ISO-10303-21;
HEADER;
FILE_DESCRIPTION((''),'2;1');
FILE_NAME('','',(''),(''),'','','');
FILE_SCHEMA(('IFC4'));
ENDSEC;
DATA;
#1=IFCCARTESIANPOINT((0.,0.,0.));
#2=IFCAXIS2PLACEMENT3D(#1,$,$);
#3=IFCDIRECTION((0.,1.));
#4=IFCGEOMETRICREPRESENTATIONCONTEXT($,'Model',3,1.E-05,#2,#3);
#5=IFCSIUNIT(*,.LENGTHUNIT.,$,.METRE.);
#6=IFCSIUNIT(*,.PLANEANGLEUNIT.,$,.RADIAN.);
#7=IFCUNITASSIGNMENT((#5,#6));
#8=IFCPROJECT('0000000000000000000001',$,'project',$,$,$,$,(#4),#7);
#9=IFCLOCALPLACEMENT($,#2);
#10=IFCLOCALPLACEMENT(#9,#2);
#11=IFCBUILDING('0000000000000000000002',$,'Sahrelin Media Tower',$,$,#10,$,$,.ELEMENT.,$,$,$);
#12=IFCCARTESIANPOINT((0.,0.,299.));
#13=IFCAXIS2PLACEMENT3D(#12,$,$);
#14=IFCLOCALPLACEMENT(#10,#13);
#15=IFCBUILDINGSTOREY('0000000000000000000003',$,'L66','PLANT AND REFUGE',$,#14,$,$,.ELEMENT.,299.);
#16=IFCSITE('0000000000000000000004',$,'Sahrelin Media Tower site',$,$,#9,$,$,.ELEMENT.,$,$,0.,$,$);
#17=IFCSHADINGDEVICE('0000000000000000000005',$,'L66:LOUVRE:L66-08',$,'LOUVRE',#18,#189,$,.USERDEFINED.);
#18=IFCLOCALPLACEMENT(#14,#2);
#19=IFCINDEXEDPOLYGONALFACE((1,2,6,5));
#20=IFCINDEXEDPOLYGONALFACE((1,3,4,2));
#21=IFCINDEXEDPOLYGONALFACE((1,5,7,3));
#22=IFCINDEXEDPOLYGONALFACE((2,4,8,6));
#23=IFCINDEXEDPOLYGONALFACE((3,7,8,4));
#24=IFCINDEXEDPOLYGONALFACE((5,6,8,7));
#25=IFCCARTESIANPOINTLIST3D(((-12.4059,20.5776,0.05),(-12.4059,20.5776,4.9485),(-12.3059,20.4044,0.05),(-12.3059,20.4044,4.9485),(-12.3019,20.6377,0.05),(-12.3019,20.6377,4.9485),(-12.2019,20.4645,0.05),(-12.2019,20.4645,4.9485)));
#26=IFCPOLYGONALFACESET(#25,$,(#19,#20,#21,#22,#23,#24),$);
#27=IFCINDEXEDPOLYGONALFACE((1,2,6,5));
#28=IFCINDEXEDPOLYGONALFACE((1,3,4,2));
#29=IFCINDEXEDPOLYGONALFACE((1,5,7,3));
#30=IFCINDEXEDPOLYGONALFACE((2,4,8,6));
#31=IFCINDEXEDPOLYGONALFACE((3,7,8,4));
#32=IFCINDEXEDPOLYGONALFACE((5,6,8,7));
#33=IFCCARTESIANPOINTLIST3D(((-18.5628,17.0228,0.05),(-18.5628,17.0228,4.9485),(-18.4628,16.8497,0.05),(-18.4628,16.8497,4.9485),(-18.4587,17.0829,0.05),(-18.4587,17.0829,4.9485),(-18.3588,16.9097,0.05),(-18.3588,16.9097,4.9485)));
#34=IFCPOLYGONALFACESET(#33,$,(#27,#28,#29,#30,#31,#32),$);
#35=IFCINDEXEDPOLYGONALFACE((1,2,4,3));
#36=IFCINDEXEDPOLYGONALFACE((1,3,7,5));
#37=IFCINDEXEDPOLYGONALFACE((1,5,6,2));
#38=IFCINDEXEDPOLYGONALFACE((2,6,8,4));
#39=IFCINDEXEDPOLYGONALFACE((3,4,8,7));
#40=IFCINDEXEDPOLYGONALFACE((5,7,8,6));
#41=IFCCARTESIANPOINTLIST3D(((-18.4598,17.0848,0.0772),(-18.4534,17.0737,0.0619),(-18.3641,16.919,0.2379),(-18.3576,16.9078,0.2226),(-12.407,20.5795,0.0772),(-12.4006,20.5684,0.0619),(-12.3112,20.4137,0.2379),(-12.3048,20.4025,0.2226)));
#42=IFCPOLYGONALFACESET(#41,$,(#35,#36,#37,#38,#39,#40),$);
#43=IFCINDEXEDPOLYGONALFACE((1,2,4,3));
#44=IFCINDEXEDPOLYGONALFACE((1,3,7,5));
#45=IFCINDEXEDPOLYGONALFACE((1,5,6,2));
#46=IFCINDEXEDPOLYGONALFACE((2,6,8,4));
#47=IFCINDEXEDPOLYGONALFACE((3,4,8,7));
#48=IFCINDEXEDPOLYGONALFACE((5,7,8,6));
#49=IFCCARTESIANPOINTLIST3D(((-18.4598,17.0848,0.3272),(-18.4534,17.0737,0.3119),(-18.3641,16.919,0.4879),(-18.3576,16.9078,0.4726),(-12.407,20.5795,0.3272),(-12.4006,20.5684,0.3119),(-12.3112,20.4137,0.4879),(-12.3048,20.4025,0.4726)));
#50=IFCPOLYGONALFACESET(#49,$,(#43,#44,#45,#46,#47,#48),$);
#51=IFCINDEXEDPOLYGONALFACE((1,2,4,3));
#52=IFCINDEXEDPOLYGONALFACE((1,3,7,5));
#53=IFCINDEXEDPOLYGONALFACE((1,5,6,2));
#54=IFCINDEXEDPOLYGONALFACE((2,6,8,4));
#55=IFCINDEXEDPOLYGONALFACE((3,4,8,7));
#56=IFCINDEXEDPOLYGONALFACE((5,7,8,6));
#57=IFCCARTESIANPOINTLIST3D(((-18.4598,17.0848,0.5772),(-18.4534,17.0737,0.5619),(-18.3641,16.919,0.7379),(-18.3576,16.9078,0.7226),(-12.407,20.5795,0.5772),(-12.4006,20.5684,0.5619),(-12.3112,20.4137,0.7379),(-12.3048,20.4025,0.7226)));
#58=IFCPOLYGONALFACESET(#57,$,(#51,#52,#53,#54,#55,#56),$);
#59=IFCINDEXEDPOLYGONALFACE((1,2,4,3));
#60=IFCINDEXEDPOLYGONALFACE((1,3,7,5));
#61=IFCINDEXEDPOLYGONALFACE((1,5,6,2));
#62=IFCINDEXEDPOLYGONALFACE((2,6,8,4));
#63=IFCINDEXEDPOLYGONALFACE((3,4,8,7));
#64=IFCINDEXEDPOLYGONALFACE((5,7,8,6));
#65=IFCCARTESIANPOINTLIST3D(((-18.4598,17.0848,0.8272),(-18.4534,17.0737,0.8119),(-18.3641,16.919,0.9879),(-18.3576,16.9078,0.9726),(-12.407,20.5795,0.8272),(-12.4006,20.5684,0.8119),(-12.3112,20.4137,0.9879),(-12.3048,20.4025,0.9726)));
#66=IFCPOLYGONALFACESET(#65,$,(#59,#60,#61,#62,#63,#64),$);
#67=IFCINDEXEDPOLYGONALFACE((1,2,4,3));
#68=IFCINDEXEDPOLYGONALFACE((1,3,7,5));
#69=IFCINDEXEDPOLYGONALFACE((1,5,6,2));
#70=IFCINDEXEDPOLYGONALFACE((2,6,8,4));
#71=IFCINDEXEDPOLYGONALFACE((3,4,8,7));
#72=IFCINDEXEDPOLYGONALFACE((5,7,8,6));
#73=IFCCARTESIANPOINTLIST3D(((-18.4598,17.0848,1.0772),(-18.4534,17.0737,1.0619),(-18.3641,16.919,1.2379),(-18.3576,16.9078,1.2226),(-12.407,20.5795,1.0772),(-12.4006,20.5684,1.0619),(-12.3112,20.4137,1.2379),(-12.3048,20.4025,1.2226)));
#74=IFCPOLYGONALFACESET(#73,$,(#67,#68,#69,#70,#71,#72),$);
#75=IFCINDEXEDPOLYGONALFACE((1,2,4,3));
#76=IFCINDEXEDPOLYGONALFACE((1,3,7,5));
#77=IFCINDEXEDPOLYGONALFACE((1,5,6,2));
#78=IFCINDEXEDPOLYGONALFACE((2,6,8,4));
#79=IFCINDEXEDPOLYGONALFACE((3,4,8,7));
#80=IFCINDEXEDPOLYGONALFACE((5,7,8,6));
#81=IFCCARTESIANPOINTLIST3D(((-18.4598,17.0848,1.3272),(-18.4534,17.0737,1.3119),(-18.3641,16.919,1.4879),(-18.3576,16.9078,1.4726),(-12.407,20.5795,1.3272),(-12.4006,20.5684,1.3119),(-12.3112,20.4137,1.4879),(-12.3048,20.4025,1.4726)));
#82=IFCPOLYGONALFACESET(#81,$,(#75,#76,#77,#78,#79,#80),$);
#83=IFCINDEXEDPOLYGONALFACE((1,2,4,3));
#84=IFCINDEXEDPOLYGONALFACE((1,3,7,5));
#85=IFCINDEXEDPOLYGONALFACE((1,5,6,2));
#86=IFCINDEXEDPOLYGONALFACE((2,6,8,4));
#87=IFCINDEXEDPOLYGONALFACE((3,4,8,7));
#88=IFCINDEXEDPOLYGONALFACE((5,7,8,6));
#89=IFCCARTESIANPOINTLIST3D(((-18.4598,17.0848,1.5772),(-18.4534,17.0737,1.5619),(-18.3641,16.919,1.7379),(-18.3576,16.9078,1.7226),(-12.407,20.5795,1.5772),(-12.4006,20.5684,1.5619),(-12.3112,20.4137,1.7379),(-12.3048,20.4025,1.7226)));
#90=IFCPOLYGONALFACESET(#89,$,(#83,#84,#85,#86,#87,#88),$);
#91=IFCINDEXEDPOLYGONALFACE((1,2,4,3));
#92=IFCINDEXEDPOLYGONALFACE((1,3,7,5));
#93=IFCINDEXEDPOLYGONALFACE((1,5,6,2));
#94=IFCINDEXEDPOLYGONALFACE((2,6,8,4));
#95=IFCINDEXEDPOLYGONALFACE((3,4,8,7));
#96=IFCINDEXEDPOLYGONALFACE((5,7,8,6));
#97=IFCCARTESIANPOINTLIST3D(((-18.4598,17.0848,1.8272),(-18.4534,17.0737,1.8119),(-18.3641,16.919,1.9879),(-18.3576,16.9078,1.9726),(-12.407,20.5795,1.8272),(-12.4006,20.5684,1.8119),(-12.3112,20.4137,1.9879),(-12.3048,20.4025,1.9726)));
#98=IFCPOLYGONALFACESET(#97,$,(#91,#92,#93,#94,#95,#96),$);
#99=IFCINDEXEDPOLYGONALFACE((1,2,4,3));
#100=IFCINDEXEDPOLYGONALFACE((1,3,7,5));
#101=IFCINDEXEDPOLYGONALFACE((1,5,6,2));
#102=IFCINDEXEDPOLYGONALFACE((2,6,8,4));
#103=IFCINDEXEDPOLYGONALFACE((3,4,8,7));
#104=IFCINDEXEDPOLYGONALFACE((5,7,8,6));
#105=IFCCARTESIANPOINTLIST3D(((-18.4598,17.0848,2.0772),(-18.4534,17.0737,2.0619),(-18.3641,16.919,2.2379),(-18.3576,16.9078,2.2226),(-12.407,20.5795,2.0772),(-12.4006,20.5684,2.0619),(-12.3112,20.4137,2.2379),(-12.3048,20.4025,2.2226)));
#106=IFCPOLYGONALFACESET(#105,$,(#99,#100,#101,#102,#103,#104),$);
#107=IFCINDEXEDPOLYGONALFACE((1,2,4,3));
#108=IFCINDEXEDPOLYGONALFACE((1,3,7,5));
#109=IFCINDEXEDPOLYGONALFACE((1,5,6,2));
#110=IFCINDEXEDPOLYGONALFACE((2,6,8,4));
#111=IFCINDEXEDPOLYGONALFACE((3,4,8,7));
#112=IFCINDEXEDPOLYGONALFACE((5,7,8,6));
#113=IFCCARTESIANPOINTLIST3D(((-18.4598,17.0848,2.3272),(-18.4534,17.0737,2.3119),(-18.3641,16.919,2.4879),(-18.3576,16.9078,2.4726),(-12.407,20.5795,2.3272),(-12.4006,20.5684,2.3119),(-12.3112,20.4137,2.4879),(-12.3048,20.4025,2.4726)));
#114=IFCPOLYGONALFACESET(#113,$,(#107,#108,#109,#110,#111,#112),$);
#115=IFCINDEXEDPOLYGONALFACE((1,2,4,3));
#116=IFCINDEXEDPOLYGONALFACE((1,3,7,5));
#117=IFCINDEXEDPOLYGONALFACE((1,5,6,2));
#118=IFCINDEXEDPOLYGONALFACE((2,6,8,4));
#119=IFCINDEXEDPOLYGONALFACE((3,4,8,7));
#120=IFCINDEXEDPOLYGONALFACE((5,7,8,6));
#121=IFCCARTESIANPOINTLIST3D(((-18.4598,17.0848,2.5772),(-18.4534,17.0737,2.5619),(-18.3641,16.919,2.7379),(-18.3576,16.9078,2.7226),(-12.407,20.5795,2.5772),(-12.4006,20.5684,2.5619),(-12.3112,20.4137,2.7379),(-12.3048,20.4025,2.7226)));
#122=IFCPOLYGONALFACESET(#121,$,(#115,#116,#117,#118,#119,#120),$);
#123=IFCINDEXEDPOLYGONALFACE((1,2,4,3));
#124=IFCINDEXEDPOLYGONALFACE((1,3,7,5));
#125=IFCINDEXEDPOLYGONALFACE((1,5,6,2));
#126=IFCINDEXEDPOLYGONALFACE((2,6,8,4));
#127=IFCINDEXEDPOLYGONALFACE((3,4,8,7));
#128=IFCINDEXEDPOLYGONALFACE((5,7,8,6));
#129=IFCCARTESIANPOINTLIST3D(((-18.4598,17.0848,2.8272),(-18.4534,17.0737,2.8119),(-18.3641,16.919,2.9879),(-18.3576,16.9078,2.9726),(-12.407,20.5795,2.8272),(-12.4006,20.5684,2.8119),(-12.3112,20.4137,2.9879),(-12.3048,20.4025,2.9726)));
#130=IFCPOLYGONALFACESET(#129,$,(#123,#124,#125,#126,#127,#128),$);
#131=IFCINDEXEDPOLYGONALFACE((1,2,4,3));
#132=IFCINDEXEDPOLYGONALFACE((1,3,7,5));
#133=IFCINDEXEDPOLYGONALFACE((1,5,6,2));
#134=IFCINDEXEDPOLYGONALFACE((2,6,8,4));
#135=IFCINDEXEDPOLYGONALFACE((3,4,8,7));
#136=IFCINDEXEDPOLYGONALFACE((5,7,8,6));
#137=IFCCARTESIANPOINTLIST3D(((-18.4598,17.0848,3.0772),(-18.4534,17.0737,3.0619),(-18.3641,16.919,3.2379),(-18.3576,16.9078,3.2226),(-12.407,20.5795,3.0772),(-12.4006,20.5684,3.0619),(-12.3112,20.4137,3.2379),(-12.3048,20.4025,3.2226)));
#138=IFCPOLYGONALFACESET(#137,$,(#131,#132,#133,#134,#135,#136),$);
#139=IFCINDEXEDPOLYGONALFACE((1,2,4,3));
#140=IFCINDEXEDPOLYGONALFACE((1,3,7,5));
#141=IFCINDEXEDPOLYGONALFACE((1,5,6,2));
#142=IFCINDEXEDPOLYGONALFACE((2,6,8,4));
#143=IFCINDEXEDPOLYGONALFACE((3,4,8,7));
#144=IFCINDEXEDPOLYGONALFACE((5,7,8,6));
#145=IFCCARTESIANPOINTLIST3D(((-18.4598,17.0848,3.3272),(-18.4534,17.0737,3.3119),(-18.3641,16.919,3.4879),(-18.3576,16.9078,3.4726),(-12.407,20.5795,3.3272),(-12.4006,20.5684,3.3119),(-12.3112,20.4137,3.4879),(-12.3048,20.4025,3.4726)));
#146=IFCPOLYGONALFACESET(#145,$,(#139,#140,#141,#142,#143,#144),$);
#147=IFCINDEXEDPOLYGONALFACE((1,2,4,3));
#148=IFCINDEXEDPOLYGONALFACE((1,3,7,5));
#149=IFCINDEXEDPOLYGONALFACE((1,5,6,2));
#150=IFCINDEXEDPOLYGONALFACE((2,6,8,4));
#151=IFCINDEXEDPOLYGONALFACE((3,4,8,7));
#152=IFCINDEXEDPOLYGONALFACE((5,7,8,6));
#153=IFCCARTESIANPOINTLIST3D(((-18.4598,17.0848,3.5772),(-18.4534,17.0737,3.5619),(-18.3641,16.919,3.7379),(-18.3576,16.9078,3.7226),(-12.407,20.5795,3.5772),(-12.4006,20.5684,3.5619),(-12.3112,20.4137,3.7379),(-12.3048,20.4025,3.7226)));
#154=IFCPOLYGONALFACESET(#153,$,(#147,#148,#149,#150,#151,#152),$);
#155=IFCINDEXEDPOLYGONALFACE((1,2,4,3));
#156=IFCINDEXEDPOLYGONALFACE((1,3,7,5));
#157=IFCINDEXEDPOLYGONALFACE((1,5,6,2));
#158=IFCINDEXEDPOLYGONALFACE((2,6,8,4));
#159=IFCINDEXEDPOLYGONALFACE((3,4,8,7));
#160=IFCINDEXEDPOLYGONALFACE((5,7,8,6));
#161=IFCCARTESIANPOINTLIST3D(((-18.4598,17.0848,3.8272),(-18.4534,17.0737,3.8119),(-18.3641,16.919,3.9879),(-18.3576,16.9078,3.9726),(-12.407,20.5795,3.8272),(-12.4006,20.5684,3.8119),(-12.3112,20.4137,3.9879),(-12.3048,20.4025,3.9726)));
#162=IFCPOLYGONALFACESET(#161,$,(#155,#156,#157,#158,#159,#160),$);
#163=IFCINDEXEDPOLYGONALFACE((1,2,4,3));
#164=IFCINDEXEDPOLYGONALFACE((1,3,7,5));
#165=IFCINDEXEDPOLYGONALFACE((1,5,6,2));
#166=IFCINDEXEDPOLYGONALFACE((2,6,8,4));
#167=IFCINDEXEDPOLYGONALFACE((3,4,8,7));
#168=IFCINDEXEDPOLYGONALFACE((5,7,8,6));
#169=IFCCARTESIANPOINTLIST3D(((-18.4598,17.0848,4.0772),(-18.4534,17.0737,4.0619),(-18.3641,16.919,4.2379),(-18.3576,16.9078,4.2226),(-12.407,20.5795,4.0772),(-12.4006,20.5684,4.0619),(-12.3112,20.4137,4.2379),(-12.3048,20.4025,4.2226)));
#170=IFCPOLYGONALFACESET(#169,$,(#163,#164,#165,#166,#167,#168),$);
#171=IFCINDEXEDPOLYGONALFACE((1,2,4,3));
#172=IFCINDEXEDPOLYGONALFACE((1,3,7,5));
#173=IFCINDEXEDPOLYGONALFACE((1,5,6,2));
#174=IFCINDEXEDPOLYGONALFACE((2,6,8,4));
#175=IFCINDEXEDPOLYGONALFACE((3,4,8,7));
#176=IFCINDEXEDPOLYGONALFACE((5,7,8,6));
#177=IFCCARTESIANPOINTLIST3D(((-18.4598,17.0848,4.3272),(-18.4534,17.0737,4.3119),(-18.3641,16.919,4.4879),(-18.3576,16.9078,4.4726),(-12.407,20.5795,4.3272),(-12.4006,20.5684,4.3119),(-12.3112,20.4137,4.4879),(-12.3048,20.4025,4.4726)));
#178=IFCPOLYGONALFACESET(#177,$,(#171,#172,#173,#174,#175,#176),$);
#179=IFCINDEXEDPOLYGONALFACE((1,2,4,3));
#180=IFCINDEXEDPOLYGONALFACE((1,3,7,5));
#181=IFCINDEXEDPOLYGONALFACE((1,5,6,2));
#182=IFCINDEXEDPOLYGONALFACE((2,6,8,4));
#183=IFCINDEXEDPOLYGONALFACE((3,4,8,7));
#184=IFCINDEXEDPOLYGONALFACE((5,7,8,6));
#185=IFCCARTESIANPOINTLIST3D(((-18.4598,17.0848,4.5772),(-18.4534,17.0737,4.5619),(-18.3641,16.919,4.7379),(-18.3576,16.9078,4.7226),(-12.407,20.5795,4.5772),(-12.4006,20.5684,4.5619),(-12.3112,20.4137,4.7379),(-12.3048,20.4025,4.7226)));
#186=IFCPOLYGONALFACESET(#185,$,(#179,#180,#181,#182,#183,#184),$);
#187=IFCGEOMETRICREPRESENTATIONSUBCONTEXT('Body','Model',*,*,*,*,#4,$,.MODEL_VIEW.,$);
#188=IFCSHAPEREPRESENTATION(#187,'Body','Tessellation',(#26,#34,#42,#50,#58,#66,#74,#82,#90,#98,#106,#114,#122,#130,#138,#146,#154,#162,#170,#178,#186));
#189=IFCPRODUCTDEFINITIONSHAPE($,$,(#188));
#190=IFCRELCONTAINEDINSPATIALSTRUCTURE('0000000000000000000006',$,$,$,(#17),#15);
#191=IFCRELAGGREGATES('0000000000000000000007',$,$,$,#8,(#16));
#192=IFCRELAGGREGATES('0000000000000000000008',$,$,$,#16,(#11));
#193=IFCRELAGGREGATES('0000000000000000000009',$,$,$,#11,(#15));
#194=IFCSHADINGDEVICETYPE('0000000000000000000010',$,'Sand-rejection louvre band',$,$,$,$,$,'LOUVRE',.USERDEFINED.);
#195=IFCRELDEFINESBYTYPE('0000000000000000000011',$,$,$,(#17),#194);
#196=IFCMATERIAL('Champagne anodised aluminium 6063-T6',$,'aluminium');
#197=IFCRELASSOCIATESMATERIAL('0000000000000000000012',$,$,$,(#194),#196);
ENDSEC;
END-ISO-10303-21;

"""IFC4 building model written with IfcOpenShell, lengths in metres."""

from ifc_helpers import new_model, si_unit, direction, frame, origin, origin_2d, place, context, subcontext, project, spatial, rectangle, extrude, material, type_object, element, save


model = new_model("IFC4")

# Units and contexts
model_context = context("Model", 3, precision=1e-05, world=origin(), true_north=direction((0.0, 1.0)))
body_context = subcontext(model_context, "Body", "Model", "MODEL_VIEW")
ifc_project = project(units=[si_unit("LENGTHUNIT", "METRE"), si_unit("PLANEANGLEUNIT", "RADIAN")], contexts=[model_context])

# Site, building, storey
site_placement = place(None, origin())
site = spatial("IfcSite", under=ifc_project, at=site_placement, Name="Sahrelin Media Tower site", CompositionType="ELEMENT", RefElevation=0.0)
building_placement = place(site_placement, origin())
building = spatial("IfcBuilding", under=site, at=building_placement, Name="Sahrelin Media Tower", CompositionType="ELEMENT")
storey_placement = place(building_placement, frame((0.0, 0.0, 299.0)))
storey = spatial("IfcBuildingStorey", under=building, at=storey_placement, Name="L66", Description="PLANT AND REFUGE", CompositionType="ELEMENT", Elevation=299.0)

# Shading device
ifc_material_1 = material(Name="Champagne anodised aluminium 6063-T6", Category="aluminium")
shading_device_type = type_object("IfcShadingDeviceType", Name="Sand-rejection louvre band", ElementType="LOUVRE", PredefinedType="USERDEFINED", material=ifc_material_1)
shading_device_1_placement = place(storey_placement, frame((-15.3323, 18.657, 0.0), z_axis=(0.0, 0.0, 1.0), x_axis=(0.866019, 0.500011, 0.0)))
element("IfcShadingDevice", 1, at=shading_device_1_placement, inside=storey, type_object=shading_device_type, Name="L66:LOUVRE:L66-08", ObjectType="LOUVRE", PredefinedType="USERDEFINED", context=body_context, shape_type="SweptSolid", body=[
    extrude(rectangle(XDim=0.1201, YDim=0.2, at=origin_2d()), frame((3.5547, 0.1001, 0.05), z_axis=(0.0, 0.0, 1.0), x_axis=(1.0, 0.0, 0.0)), (0.0, 0.0, 1.0), 4.8984),
    extrude(rectangle(XDim=0.1201, YDim=0.2, at=origin_2d()), frame((-3.5547, 0.1001, 0.05), z_axis=(0.0, 0.0, 1.0), x_axis=(1.0, 0.0, 0.0)), (0.0, 0.0, 1.0), 4.8984),
    extrude(rectangle(XDim=0.25, YDim=0.02, at=origin_2d()), frame((3.4946, 0.1001, 0.1499), z_axis=(-1.0, 0.0, 0.0), x_axis=(0.0, -0.766044, 0.642788)), (0.0, 0.0, 1.0), 6.9893),
    extrude(rectangle(XDim=0.25, YDim=0.02, at=origin_2d()), frame((3.4946, 0.1001, 0.3999), z_axis=(-1.0, 0.0, 0.0), x_axis=(0.0, -0.766044, 0.642788)), (0.0, 0.0, 1.0), 6.9893),
    extrude(rectangle(XDim=0.25, YDim=0.02, at=origin_2d()), frame((3.4946, 0.1001, 0.6499), z_axis=(-1.0, 0.0, 0.0), x_axis=(0.0, -0.766044, 0.642788)), (0.0, 0.0, 1.0), 6.9893),
    extrude(rectangle(XDim=0.25, YDim=0.02, at=origin_2d()), frame((3.4946, 0.1001, 0.8999), z_axis=(-1.0, 0.0, 0.0), x_axis=(0.0, -0.766044, 0.642788)), (0.0, 0.0, 1.0), 6.9893),
    extrude(rectangle(XDim=0.25, YDim=0.02, at=origin_2d()), frame((3.4946, 0.1001, 1.1499), z_axis=(-1.0, 0.0, 0.0), x_axis=(0.0, -0.766044, 0.642788)), (0.0, 0.0, 1.0), 6.9893),
    extrude(rectangle(XDim=0.25, YDim=0.02, at=origin_2d()), frame((3.4946, 0.1001, 1.3999), z_axis=(-1.0, 0.0, 0.0), x_axis=(0.0, -0.766044, 0.642788)), (0.0, 0.0, 1.0), 6.9893),
    extrude(rectangle(XDim=0.25, YDim=0.02, at=origin_2d()), frame((3.4946, 0.1001, 1.6499), z_axis=(-1.0, 0.0, 0.0), x_axis=(0.0, -0.766044, 0.642788)), (0.0, 0.0, 1.0), 6.9893),
    extrude(rectangle(XDim=0.25, YDim=0.02, at=origin_2d()), frame((3.4946, 0.1001, 1.8999), z_axis=(-1.0, 0.0, 0.0), x_axis=(0.0, -0.766044, 0.642788)), (0.0, 0.0, 1.0), 6.9893),
    extrude(rectangle(XDim=0.25, YDim=0.02, at=origin_2d()), frame((3.4946, 0.1001, 2.1499), z_axis=(-1.0, 0.0, 0.0), x_axis=(0.0, -0.766044, 0.642788)), (0.0, 0.0, 1.0), 6.9893),
    extrude(rectangle(XDim=0.25, YDim=0.02, at=origin_2d()), frame((3.4946, 0.1001, 2.3999), z_axis=(-1.0, 0.0, 0.0), x_axis=(0.0, -0.766044, 0.642788)), (0.0, 0.0, 1.0), 6.9893),
    extrude(rectangle(XDim=0.25, YDim=0.02, at=origin_2d()), frame((3.4946, 0.1001, 2.6499), z_axis=(-1.0, 0.0, 0.0), x_axis=(0.0, -0.766044, 0.642788)), (0.0, 0.0, 1.0), 6.9893),
    extrude(rectangle(XDim=0.25, YDim=0.02, at=origin_2d()), frame((3.4946, 0.1001, 2.8999), z_axis=(-1.0, 0.0, 0.0), x_axis=(0.0, -0.766044, 0.642788)), (0.0, 0.0, 1.0), 6.9893),
    extrude(rectangle(XDim=0.25, YDim=0.02, at=origin_2d()), frame((3.4946, 0.1001, 3.1499), z_axis=(-1.0, 0.0, 0.0), x_axis=(0.0, -0.766044, 0.642788)), (0.0, 0.0, 1.0), 6.9893),
    extrude(rectangle(XDim=0.25, YDim=0.02, at=origin_2d()), frame((3.4946, 0.1001, 3.3999), z_axis=(-1.0, 0.0, 0.0), x_axis=(0.0, -0.766044, 0.642788)), (0.0, 0.0, 1.0), 6.9893),
    extrude(rectangle(XDim=0.25, YDim=0.02, at=origin_2d()), frame((3.4946, 0.1001, 3.6499), z_axis=(-1.0, 0.0, 0.0), x_axis=(0.0, -0.766044, 0.642788)), (0.0, 0.0, 1.0), 6.9893),
    extrude(rectangle(XDim=0.25, YDim=0.02, at=origin_2d()), frame((3.4946, 0.1001, 3.8999), z_axis=(-1.0, 0.0, 0.0), x_axis=(0.0, -0.766044, 0.642788)), (0.0, 0.0, 1.0), 6.9893),
    extrude(rectangle(XDim=0.25, YDim=0.02, at=origin_2d()), frame((3.4946, 0.1001, 4.1499), z_axis=(-1.0, 0.0, 0.0), x_axis=(0.0, -0.766044, 0.642788)), (0.0, 0.0, 1.0), 6.9893),
    extrude(rectangle(XDim=0.25, YDim=0.02, at=origin_2d()), frame((3.4946, 0.1001, 4.3999), z_axis=(-1.0, 0.0, 0.0), x_axis=(0.0, -0.766044, 0.642788)), (0.0, 0.0, 1.0), 6.9893),
    extrude(rectangle(XDim=0.25, YDim=0.02, at=origin_2d()), frame((3.4946, 0.1001, 4.6499), z_axis=(-1.0, 0.0, 0.0), x_axis=(0.0, -0.766044, 0.642788)), (0.0, 0.0, 1.0), 6.9893),
])

save(model, "model.ifc")
